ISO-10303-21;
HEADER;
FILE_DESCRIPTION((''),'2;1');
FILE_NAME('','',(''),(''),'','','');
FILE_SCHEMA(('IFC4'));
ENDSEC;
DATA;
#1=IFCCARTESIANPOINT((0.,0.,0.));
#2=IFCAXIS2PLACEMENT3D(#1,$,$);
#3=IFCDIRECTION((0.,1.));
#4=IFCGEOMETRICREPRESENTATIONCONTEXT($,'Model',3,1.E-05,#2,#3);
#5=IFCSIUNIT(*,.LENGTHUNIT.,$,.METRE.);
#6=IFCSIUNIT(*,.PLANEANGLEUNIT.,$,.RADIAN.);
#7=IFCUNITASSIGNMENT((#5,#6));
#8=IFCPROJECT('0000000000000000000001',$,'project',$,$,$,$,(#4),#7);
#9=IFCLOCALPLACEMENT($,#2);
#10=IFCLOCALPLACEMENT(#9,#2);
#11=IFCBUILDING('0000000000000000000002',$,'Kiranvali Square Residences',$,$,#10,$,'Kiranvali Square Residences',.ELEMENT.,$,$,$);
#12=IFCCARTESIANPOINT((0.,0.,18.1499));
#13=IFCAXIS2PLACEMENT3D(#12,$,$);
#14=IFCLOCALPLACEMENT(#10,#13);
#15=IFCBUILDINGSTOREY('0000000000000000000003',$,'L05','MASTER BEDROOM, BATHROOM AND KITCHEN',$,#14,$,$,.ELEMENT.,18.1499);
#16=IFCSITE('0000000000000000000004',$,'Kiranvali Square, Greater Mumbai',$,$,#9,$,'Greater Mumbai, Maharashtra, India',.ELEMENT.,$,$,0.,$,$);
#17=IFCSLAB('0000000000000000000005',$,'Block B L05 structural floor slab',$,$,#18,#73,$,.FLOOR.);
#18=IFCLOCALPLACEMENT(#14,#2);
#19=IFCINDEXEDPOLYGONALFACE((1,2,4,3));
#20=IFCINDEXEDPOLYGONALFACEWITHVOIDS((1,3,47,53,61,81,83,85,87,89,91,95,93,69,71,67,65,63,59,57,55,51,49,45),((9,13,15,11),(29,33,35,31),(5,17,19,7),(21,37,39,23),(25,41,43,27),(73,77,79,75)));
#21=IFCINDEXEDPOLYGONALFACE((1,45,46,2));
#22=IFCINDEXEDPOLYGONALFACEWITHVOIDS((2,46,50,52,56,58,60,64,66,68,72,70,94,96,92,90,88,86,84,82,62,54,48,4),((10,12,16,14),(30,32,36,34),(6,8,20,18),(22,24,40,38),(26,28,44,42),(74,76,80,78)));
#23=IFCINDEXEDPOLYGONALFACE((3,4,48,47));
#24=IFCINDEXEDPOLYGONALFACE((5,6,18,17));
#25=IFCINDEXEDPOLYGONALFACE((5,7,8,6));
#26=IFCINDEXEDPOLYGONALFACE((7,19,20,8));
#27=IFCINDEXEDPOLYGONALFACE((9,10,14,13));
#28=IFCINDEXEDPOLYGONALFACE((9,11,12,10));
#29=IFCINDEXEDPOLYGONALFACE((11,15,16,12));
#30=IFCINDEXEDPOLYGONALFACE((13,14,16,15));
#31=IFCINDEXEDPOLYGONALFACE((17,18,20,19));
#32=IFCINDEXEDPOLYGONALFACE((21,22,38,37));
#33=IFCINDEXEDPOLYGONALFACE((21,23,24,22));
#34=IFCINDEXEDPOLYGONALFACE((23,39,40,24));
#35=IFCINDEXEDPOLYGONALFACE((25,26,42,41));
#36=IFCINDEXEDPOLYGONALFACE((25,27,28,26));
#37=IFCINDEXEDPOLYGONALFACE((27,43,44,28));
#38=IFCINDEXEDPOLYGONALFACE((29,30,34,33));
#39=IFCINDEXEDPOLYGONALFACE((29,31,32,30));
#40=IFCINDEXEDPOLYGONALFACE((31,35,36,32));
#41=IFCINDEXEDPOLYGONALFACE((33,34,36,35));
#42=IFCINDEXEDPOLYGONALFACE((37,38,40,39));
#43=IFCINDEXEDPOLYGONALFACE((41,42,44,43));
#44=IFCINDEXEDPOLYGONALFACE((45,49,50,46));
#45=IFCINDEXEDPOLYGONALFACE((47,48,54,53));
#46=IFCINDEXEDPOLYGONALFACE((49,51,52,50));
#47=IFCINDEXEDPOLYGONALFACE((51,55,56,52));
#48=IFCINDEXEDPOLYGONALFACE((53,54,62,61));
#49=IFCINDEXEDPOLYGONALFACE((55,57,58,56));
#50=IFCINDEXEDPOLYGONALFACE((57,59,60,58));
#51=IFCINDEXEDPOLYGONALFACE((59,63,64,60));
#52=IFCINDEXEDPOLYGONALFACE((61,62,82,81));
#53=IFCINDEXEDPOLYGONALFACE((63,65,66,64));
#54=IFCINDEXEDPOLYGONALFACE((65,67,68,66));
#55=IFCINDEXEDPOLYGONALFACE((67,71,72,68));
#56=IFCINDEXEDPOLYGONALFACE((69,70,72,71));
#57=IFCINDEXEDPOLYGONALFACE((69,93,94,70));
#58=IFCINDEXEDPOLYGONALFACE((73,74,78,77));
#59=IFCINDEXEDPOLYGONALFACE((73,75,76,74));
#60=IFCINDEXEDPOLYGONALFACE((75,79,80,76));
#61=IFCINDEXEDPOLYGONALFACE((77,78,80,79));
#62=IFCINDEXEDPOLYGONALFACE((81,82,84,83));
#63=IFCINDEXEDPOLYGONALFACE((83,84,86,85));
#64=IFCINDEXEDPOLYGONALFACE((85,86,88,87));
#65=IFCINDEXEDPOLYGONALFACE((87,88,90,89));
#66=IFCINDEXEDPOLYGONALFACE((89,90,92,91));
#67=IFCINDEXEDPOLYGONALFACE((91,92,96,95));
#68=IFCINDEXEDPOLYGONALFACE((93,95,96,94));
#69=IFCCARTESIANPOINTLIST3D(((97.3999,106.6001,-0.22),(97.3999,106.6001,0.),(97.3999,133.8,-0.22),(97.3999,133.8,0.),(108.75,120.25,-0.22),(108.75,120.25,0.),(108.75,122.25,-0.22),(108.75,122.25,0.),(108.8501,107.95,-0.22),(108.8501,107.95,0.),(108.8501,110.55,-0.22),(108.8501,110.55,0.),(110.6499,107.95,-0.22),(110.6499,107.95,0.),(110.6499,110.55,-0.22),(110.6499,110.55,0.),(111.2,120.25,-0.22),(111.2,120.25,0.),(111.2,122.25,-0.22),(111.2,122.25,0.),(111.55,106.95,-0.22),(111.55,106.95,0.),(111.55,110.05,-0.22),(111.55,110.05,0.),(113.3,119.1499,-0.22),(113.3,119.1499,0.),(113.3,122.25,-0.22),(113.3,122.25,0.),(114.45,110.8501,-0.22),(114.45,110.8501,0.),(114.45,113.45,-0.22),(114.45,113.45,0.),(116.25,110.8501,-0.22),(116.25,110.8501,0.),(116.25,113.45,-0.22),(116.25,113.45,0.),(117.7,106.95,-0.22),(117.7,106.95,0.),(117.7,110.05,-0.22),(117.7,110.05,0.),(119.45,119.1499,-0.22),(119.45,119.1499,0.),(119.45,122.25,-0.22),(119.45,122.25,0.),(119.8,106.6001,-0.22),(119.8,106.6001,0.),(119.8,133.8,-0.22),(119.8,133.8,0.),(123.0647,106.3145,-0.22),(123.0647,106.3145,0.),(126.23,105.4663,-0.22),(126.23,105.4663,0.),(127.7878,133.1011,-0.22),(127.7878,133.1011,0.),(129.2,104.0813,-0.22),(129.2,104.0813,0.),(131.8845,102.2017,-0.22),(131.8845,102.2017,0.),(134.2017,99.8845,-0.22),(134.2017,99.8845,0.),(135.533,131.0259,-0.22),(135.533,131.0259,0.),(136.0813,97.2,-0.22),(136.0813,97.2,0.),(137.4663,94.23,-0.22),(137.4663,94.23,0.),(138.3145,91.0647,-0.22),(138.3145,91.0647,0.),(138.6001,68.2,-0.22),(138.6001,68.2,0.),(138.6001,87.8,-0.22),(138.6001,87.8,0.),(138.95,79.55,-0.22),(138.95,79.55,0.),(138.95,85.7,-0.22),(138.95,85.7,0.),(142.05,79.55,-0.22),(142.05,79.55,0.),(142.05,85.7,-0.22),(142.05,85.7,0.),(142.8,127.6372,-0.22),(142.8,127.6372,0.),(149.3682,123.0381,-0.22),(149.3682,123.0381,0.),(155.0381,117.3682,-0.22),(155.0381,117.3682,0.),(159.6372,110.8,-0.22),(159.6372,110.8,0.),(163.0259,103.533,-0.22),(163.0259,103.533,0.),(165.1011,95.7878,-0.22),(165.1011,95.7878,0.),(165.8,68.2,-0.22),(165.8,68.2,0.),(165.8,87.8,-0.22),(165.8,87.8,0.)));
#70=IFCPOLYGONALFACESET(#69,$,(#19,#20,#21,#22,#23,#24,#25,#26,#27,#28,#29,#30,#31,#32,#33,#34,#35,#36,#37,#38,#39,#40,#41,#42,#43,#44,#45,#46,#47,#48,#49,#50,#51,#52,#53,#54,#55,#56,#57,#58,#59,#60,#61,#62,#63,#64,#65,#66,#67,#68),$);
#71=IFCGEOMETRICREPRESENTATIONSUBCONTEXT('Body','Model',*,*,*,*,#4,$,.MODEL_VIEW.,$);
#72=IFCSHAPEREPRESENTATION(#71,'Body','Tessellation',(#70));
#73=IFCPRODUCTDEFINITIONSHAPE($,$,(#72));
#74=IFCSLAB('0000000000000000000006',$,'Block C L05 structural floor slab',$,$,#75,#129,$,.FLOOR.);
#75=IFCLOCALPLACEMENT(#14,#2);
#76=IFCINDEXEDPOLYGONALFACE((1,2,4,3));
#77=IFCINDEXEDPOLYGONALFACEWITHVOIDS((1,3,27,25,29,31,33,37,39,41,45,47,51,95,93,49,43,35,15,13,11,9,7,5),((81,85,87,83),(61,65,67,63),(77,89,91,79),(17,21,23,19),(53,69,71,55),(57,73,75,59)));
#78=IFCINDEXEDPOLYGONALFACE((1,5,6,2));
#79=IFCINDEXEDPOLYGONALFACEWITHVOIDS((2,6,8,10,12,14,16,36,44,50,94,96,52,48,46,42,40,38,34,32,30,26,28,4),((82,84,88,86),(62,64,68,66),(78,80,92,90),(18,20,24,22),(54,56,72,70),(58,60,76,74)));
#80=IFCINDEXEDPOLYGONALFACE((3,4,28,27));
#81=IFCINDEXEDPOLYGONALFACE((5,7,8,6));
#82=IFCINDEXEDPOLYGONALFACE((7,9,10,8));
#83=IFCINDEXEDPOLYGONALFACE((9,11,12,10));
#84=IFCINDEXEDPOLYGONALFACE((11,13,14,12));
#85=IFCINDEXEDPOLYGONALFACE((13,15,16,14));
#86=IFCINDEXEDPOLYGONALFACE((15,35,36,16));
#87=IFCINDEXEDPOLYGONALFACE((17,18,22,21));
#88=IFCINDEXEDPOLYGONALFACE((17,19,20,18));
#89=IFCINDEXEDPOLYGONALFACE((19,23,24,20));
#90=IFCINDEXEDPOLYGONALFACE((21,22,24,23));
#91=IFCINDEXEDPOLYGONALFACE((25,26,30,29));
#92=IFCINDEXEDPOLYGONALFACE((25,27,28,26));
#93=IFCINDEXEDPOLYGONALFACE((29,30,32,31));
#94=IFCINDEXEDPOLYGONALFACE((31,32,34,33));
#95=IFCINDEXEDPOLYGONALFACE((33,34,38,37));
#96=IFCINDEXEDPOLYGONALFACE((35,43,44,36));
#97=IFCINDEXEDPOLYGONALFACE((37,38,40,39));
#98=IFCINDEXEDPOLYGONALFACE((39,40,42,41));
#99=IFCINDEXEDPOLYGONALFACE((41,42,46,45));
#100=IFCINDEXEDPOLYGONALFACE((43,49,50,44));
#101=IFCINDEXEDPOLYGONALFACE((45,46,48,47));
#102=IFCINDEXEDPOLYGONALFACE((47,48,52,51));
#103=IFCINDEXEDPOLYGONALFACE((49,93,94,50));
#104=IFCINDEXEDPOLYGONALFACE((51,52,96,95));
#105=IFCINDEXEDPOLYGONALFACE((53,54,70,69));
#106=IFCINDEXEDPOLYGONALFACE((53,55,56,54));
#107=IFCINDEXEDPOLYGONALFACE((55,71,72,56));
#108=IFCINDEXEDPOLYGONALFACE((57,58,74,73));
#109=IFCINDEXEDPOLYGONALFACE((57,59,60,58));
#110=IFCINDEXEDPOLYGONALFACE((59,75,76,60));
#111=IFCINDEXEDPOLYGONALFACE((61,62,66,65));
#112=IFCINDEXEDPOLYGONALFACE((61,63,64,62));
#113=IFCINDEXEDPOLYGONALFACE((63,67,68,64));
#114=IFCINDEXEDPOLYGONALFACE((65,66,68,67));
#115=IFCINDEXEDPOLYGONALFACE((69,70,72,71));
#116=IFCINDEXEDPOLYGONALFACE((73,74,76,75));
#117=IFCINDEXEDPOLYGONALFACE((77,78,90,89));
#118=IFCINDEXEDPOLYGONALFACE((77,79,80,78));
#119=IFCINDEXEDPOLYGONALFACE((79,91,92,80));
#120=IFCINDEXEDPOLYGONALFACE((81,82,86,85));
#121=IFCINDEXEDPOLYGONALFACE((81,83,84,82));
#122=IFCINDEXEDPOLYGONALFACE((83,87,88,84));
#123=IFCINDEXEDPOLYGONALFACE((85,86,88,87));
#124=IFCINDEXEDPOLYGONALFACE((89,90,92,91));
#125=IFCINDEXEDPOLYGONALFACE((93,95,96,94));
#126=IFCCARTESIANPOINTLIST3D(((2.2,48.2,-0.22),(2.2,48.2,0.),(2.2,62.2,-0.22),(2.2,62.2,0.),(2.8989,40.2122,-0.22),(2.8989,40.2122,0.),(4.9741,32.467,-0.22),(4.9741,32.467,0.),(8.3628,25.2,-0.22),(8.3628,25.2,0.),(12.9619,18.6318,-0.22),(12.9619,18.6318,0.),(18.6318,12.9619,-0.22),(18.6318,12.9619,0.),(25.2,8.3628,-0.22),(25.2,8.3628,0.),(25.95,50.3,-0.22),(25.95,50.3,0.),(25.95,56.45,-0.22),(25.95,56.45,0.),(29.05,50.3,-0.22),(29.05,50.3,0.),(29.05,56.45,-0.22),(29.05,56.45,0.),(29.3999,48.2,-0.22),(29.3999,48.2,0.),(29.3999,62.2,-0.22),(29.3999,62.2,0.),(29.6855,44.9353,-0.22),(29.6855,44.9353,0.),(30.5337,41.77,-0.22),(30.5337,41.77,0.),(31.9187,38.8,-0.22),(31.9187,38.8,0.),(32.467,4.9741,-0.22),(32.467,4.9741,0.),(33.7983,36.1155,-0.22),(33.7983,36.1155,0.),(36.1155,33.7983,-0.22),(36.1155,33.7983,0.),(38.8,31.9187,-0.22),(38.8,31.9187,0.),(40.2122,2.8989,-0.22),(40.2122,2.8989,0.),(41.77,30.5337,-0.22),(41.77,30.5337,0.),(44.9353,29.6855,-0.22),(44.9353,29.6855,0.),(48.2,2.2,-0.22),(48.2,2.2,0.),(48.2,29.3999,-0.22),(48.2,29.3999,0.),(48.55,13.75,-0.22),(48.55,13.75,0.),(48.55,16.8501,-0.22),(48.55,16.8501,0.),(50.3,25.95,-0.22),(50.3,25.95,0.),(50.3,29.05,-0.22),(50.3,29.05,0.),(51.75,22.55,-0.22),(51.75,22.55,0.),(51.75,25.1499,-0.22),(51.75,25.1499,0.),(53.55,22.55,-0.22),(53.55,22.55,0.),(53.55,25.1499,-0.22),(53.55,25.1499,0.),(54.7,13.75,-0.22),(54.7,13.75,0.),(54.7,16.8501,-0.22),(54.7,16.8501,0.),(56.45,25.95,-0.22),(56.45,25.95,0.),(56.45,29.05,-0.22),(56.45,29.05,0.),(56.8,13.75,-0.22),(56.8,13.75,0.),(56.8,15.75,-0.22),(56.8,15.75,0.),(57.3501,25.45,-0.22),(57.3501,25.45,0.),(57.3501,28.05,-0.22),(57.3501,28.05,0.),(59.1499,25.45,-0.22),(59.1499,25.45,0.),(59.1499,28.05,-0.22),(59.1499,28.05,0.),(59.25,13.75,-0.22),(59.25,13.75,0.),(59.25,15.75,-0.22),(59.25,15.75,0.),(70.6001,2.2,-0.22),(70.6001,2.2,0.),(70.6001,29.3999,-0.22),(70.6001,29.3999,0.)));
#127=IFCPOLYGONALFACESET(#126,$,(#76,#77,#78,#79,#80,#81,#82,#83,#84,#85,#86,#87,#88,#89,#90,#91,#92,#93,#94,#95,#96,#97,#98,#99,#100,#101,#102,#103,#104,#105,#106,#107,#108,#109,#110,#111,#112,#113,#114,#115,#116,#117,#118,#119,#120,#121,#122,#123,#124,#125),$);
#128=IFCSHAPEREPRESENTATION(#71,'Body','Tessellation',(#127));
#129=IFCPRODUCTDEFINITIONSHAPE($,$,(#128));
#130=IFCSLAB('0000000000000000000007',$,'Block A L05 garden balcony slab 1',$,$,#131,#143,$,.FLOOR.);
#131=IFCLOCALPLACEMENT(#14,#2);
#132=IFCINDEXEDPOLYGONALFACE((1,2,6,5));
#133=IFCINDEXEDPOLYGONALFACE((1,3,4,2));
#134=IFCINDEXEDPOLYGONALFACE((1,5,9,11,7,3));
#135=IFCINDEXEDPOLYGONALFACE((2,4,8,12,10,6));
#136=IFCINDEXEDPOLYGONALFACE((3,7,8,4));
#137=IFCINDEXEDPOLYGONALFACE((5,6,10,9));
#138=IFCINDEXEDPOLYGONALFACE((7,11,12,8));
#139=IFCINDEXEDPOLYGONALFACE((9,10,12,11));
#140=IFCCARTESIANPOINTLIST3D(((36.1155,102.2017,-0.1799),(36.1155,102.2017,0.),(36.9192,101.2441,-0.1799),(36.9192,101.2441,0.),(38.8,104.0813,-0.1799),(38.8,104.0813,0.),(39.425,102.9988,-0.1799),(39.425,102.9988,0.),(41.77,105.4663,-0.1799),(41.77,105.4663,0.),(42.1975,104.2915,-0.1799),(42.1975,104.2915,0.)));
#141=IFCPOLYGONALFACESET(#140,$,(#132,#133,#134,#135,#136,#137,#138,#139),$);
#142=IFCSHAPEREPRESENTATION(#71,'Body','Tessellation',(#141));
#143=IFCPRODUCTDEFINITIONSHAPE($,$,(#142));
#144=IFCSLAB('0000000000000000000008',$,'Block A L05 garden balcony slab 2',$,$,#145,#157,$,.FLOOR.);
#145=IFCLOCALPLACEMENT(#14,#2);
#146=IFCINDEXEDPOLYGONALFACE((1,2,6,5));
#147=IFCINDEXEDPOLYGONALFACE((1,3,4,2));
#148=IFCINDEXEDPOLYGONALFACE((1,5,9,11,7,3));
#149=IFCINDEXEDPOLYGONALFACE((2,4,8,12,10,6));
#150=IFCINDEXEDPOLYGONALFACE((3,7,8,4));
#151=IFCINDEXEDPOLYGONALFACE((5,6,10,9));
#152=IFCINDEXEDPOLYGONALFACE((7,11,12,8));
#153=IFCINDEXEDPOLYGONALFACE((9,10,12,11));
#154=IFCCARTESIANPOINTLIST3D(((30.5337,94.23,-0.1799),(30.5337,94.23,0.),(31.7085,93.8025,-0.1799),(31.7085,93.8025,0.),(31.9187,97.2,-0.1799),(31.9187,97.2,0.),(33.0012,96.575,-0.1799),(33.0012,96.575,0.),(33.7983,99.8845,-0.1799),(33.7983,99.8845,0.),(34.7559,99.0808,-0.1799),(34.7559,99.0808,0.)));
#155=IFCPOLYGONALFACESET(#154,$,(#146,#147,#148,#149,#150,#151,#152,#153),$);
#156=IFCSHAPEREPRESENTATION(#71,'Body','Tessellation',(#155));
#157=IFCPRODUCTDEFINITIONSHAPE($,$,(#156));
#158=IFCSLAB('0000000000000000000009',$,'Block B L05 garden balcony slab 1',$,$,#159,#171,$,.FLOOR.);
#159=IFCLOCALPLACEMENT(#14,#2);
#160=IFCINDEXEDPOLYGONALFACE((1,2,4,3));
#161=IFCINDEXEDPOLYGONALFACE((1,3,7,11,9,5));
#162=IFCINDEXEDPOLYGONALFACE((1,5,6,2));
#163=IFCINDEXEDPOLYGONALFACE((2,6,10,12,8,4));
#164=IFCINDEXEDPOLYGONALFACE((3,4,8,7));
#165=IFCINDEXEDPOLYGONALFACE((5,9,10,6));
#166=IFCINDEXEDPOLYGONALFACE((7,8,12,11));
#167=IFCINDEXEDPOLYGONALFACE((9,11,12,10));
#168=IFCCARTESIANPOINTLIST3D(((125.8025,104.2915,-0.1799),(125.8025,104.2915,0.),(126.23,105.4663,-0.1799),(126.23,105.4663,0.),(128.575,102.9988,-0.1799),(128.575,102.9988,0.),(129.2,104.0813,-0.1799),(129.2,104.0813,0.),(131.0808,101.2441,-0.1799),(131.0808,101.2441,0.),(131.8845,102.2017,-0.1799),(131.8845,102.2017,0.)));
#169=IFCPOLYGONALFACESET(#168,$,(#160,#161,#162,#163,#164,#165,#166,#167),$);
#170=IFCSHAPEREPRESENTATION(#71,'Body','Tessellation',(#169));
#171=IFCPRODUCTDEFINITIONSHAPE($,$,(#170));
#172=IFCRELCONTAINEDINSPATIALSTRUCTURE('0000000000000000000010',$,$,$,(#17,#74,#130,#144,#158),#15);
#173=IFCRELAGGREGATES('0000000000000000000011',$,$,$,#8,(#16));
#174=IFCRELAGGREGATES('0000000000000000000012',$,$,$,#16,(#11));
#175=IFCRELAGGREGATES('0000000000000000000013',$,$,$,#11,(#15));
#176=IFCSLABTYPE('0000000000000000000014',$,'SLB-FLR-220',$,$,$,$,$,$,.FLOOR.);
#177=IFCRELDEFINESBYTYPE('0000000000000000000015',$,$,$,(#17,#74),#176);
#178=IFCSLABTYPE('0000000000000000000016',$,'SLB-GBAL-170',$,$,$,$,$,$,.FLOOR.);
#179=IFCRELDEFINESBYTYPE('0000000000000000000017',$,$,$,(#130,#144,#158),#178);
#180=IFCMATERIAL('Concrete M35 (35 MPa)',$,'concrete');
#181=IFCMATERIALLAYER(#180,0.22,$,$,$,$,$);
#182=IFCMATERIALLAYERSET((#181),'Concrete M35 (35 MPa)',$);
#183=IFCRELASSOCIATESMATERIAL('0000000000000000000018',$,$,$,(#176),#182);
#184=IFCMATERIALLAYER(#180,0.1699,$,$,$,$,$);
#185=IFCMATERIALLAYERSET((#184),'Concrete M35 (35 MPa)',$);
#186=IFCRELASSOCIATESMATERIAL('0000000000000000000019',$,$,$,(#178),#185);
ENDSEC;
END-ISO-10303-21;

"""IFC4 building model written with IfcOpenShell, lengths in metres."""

from ifc_helpers import new_model, si_unit, direction, frame, origin, place, context, subcontext, project, spatial, polyline, outline, extrude, material, layer, layer_set, type_object, element, save


model = new_model("IFC4")

# Units and contexts
model_context = context("Model", 3, precision=1e-05, world=origin(), true_north=direction((0.0, 1.0)))
body_context = subcontext(model_context, "Body", "Model", "MODEL_VIEW")
ifc_project = project(units=[si_unit("LENGTHUNIT", "METRE"), si_unit("PLANEANGLEUNIT", "RADIAN")], contexts=[model_context])

# Site, building, storey
site_placement = place(None, origin())
site = spatial("IfcSite", under=ifc_project, at=site_placement, Name="Kiranvali Square, Greater Mumbai", LongName="Greater Mumbai, Maharashtra, India", CompositionType="ELEMENT", RefElevation=0.0)
building_placement = place(site_placement, origin())
building = spatial("IfcBuilding", under=site, at=building_placement, Name="Kiranvali Square Residences", LongName="Kiranvali Square Residences", CompositionType="ELEMENT")
storey_placement = place(building_placement, frame((0.0, 0.0, 18.1499)))
storey = spatial("IfcBuildingStorey", under=building, at=storey_placement, Name="L05", Description="MASTER BEDROOM, BATHROOM AND KITCHEN", CompositionType="ELEMENT", Elevation=18.1499)

# Slabs
ifc_material_1 = material(Name="Concrete M35 (35 MPa)", Category="concrete")
ifc_layer_1 = layer(ifc_material_1, 0.22)
ifc_layer_set_1 = layer_set([ifc_layer_1], Name="Concrete M35 (35 MPa)")
slab_type_1 = type_object("IfcSlabType", Name="SLB-FLR-220", PredefinedType="FLOOR", material=ifc_layer_set_1)
slab_1_placement = place(storey_placement, frame((0.0, 0.0, -0.22)))
element("IfcSlab", 1, at=slab_1_placement, inside=storey, type_object=slab_type_1, Name="Block B L05 structural floor slab", PredefinedType="FLOOR", context=body_context, shape_type="SweptSolid", body=[
    extrude(outline(polyline([(119.8, 106.6001), (123.0647, 106.3145), (126.23, 105.4663), (129.2, 104.0813), (131.8845, 102.2017), (134.2017, 99.8845), (136.0813, 97.2), (137.4663, 94.23), (138.3145, 91.0647), (138.6001, 87.8), (138.6001, 68.2), (165.8, 68.2), (165.8, 87.8), (165.1011, 95.7878), (163.0259, 103.533), (159.6372, 110.8), (155.0381, 117.3682), (149.3682, 123.0381), (142.8, 127.6372), (135.533, 131.0259), (127.7878, 133.1011), (119.8, 133.8), (97.3999, 133.8), (97.3999, 106.6001), (119.8, 106.6001)]), holes=[polyline([(108.75, 120.25), (111.2, 120.25), (111.2, 122.25), (108.75, 122.25), (108.75, 120.25)]), polyline([(108.8501, 107.95), (110.6499, 107.95), (110.6499, 110.55), (108.8501, 110.55), (108.8501, 107.95)]), polyline([(114.45, 110.8501), (116.25, 110.8501), (116.25, 113.45), (114.45, 113.45), (114.45, 110.8501)]), polyline([(113.3, 119.1499), (119.45, 119.1499), (119.45, 122.25), (113.3, 122.25), (113.3, 119.1499)]), polyline([(117.7, 110.05), (111.55, 110.05), (111.55, 106.95), (117.7, 106.95), (117.7, 110.05)]), polyline([(138.95, 85.7), (138.95, 79.55), (142.05, 79.55), (142.05, 85.7), (138.95, 85.7)])]), origin(), (0.0, 0.0, 1.0), 0.22),
])
slab_2_placement = place(storey_placement, frame((0.0, 0.0, -0.22)))
element("IfcSlab", 2, at=slab_2_placement, inside=storey, type_object=slab_type_1, Name="Block C L05 structural floor slab", PredefinedType="FLOOR", context=body_context, shape_type="SweptSolid", body=[
    extrude(outline(polyline([(48.2, 29.3999), (44.9353, 29.6855), (41.77, 30.5337), (38.8, 31.9187), (36.1155, 33.7983), (33.7983, 36.1155), (31.9187, 38.8), (30.5337, 41.77), (29.6855, 44.9353), (29.3999, 48.2), (29.3999, 62.2), (2.2, 62.2), (2.2, 48.2), (2.8989, 40.2122), (4.9741, 32.467), (8.3628, 25.2), (12.9619, 18.6318), (18.6318, 12.9619), (25.2, 8.3628), (32.467, 4.9741), (40.2122, 2.8989), (48.2, 2.2), (70.6001, 2.2), (70.6001, 29.3999), (48.2, 29.3999)]), holes=[polyline([(56.8, 13.75), (59.25, 13.75), (59.25, 15.75), (56.8, 15.75), (56.8, 13.75)]), polyline([(57.3501, 25.45), (59.1499, 25.45), (59.1499, 28.05), (57.3501, 28.05), (57.3501, 25.45)]), polyline([(51.75, 22.55), (53.55, 22.55), (53.55, 25.1499), (51.75, 25.1499), (51.75, 22.55)]), polyline([(54.7, 16.8501), (48.55, 16.8501), (48.55, 13.75), (54.7, 13.75), (54.7, 16.8501)]), polyline([(50.3, 25.95), (56.45, 25.95), (56.45, 29.05), (50.3, 29.05), (50.3, 25.95)]), polyline([(29.05, 50.3), (29.05, 56.45), (25.95, 56.45), (25.95, 50.3), (29.05, 50.3)])]), origin(), (0.0, 0.0, 1.0), 0.22),
])
ifc_layer_2 = layer(ifc_material_1, 0.1699)
ifc_layer_set_2 = layer_set([ifc_layer_2], Name="Concrete M35 (35 MPa)")
slab_type_2 = type_object("IfcSlabType", Name="SLB-GBAL-170", PredefinedType="FLOOR", material=ifc_layer_set_2)
slab_3_placement = place(storey_placement, frame((0.0, 0.0, -0.1799)))
element("IfcSlab", 3, at=slab_3_placement, inside=storey, type_object=slab_type_2, Name="Block A L05 garden balcony slab 1", PredefinedType="FLOOR", context=body_context, shape_type="SweptSolid", body=[
    extrude(outline(polyline([(41.77, 105.4663), (38.8, 104.0813), (36.1155, 102.2017), (36.9192, 101.2441), (39.425, 102.9988), (42.1975, 104.2915), (41.77, 105.4663)])), origin(), (0.0, 0.0, 1.0), 0.1799),
])
slab_4_placement = place(storey_placement, frame((0.0, 0.0, -0.1799)))
element("IfcSlab", 4, at=slab_4_placement, inside=storey, type_object=slab_type_2, Name="Block A L05 garden balcony slab 2", PredefinedType="FLOOR", context=body_context, shape_type="SweptSolid", body=[
    extrude(outline(polyline([(33.7983, 99.8845), (31.9187, 97.2), (30.5337, 94.23), (31.7085, 93.8025), (33.0012, 96.575), (34.7559, 99.0808), (33.7983, 99.8845)])), origin(), (0.0, 0.0, 1.0), 0.1799),
])
slab_5_placement = place(storey_placement, frame((0.0, 0.0, -0.1799)))
element("IfcSlab", 5, at=slab_5_placement, inside=storey, type_object=slab_type_2, Name="Block B L05 garden balcony slab 1", PredefinedType="FLOOR", context=body_context, shape_type="SweptSolid", body=[
    extrude(outline(polyline([(125.8025, 104.2915), (128.575, 102.9988), (131.0808, 101.2441), (131.8845, 102.2017), (129.2, 104.0813), (126.23, 105.4663), (125.8025, 104.2915)])), origin(), (0.0, 0.0, 1.0), 0.1799),
])

save(model, "model.ifc")
